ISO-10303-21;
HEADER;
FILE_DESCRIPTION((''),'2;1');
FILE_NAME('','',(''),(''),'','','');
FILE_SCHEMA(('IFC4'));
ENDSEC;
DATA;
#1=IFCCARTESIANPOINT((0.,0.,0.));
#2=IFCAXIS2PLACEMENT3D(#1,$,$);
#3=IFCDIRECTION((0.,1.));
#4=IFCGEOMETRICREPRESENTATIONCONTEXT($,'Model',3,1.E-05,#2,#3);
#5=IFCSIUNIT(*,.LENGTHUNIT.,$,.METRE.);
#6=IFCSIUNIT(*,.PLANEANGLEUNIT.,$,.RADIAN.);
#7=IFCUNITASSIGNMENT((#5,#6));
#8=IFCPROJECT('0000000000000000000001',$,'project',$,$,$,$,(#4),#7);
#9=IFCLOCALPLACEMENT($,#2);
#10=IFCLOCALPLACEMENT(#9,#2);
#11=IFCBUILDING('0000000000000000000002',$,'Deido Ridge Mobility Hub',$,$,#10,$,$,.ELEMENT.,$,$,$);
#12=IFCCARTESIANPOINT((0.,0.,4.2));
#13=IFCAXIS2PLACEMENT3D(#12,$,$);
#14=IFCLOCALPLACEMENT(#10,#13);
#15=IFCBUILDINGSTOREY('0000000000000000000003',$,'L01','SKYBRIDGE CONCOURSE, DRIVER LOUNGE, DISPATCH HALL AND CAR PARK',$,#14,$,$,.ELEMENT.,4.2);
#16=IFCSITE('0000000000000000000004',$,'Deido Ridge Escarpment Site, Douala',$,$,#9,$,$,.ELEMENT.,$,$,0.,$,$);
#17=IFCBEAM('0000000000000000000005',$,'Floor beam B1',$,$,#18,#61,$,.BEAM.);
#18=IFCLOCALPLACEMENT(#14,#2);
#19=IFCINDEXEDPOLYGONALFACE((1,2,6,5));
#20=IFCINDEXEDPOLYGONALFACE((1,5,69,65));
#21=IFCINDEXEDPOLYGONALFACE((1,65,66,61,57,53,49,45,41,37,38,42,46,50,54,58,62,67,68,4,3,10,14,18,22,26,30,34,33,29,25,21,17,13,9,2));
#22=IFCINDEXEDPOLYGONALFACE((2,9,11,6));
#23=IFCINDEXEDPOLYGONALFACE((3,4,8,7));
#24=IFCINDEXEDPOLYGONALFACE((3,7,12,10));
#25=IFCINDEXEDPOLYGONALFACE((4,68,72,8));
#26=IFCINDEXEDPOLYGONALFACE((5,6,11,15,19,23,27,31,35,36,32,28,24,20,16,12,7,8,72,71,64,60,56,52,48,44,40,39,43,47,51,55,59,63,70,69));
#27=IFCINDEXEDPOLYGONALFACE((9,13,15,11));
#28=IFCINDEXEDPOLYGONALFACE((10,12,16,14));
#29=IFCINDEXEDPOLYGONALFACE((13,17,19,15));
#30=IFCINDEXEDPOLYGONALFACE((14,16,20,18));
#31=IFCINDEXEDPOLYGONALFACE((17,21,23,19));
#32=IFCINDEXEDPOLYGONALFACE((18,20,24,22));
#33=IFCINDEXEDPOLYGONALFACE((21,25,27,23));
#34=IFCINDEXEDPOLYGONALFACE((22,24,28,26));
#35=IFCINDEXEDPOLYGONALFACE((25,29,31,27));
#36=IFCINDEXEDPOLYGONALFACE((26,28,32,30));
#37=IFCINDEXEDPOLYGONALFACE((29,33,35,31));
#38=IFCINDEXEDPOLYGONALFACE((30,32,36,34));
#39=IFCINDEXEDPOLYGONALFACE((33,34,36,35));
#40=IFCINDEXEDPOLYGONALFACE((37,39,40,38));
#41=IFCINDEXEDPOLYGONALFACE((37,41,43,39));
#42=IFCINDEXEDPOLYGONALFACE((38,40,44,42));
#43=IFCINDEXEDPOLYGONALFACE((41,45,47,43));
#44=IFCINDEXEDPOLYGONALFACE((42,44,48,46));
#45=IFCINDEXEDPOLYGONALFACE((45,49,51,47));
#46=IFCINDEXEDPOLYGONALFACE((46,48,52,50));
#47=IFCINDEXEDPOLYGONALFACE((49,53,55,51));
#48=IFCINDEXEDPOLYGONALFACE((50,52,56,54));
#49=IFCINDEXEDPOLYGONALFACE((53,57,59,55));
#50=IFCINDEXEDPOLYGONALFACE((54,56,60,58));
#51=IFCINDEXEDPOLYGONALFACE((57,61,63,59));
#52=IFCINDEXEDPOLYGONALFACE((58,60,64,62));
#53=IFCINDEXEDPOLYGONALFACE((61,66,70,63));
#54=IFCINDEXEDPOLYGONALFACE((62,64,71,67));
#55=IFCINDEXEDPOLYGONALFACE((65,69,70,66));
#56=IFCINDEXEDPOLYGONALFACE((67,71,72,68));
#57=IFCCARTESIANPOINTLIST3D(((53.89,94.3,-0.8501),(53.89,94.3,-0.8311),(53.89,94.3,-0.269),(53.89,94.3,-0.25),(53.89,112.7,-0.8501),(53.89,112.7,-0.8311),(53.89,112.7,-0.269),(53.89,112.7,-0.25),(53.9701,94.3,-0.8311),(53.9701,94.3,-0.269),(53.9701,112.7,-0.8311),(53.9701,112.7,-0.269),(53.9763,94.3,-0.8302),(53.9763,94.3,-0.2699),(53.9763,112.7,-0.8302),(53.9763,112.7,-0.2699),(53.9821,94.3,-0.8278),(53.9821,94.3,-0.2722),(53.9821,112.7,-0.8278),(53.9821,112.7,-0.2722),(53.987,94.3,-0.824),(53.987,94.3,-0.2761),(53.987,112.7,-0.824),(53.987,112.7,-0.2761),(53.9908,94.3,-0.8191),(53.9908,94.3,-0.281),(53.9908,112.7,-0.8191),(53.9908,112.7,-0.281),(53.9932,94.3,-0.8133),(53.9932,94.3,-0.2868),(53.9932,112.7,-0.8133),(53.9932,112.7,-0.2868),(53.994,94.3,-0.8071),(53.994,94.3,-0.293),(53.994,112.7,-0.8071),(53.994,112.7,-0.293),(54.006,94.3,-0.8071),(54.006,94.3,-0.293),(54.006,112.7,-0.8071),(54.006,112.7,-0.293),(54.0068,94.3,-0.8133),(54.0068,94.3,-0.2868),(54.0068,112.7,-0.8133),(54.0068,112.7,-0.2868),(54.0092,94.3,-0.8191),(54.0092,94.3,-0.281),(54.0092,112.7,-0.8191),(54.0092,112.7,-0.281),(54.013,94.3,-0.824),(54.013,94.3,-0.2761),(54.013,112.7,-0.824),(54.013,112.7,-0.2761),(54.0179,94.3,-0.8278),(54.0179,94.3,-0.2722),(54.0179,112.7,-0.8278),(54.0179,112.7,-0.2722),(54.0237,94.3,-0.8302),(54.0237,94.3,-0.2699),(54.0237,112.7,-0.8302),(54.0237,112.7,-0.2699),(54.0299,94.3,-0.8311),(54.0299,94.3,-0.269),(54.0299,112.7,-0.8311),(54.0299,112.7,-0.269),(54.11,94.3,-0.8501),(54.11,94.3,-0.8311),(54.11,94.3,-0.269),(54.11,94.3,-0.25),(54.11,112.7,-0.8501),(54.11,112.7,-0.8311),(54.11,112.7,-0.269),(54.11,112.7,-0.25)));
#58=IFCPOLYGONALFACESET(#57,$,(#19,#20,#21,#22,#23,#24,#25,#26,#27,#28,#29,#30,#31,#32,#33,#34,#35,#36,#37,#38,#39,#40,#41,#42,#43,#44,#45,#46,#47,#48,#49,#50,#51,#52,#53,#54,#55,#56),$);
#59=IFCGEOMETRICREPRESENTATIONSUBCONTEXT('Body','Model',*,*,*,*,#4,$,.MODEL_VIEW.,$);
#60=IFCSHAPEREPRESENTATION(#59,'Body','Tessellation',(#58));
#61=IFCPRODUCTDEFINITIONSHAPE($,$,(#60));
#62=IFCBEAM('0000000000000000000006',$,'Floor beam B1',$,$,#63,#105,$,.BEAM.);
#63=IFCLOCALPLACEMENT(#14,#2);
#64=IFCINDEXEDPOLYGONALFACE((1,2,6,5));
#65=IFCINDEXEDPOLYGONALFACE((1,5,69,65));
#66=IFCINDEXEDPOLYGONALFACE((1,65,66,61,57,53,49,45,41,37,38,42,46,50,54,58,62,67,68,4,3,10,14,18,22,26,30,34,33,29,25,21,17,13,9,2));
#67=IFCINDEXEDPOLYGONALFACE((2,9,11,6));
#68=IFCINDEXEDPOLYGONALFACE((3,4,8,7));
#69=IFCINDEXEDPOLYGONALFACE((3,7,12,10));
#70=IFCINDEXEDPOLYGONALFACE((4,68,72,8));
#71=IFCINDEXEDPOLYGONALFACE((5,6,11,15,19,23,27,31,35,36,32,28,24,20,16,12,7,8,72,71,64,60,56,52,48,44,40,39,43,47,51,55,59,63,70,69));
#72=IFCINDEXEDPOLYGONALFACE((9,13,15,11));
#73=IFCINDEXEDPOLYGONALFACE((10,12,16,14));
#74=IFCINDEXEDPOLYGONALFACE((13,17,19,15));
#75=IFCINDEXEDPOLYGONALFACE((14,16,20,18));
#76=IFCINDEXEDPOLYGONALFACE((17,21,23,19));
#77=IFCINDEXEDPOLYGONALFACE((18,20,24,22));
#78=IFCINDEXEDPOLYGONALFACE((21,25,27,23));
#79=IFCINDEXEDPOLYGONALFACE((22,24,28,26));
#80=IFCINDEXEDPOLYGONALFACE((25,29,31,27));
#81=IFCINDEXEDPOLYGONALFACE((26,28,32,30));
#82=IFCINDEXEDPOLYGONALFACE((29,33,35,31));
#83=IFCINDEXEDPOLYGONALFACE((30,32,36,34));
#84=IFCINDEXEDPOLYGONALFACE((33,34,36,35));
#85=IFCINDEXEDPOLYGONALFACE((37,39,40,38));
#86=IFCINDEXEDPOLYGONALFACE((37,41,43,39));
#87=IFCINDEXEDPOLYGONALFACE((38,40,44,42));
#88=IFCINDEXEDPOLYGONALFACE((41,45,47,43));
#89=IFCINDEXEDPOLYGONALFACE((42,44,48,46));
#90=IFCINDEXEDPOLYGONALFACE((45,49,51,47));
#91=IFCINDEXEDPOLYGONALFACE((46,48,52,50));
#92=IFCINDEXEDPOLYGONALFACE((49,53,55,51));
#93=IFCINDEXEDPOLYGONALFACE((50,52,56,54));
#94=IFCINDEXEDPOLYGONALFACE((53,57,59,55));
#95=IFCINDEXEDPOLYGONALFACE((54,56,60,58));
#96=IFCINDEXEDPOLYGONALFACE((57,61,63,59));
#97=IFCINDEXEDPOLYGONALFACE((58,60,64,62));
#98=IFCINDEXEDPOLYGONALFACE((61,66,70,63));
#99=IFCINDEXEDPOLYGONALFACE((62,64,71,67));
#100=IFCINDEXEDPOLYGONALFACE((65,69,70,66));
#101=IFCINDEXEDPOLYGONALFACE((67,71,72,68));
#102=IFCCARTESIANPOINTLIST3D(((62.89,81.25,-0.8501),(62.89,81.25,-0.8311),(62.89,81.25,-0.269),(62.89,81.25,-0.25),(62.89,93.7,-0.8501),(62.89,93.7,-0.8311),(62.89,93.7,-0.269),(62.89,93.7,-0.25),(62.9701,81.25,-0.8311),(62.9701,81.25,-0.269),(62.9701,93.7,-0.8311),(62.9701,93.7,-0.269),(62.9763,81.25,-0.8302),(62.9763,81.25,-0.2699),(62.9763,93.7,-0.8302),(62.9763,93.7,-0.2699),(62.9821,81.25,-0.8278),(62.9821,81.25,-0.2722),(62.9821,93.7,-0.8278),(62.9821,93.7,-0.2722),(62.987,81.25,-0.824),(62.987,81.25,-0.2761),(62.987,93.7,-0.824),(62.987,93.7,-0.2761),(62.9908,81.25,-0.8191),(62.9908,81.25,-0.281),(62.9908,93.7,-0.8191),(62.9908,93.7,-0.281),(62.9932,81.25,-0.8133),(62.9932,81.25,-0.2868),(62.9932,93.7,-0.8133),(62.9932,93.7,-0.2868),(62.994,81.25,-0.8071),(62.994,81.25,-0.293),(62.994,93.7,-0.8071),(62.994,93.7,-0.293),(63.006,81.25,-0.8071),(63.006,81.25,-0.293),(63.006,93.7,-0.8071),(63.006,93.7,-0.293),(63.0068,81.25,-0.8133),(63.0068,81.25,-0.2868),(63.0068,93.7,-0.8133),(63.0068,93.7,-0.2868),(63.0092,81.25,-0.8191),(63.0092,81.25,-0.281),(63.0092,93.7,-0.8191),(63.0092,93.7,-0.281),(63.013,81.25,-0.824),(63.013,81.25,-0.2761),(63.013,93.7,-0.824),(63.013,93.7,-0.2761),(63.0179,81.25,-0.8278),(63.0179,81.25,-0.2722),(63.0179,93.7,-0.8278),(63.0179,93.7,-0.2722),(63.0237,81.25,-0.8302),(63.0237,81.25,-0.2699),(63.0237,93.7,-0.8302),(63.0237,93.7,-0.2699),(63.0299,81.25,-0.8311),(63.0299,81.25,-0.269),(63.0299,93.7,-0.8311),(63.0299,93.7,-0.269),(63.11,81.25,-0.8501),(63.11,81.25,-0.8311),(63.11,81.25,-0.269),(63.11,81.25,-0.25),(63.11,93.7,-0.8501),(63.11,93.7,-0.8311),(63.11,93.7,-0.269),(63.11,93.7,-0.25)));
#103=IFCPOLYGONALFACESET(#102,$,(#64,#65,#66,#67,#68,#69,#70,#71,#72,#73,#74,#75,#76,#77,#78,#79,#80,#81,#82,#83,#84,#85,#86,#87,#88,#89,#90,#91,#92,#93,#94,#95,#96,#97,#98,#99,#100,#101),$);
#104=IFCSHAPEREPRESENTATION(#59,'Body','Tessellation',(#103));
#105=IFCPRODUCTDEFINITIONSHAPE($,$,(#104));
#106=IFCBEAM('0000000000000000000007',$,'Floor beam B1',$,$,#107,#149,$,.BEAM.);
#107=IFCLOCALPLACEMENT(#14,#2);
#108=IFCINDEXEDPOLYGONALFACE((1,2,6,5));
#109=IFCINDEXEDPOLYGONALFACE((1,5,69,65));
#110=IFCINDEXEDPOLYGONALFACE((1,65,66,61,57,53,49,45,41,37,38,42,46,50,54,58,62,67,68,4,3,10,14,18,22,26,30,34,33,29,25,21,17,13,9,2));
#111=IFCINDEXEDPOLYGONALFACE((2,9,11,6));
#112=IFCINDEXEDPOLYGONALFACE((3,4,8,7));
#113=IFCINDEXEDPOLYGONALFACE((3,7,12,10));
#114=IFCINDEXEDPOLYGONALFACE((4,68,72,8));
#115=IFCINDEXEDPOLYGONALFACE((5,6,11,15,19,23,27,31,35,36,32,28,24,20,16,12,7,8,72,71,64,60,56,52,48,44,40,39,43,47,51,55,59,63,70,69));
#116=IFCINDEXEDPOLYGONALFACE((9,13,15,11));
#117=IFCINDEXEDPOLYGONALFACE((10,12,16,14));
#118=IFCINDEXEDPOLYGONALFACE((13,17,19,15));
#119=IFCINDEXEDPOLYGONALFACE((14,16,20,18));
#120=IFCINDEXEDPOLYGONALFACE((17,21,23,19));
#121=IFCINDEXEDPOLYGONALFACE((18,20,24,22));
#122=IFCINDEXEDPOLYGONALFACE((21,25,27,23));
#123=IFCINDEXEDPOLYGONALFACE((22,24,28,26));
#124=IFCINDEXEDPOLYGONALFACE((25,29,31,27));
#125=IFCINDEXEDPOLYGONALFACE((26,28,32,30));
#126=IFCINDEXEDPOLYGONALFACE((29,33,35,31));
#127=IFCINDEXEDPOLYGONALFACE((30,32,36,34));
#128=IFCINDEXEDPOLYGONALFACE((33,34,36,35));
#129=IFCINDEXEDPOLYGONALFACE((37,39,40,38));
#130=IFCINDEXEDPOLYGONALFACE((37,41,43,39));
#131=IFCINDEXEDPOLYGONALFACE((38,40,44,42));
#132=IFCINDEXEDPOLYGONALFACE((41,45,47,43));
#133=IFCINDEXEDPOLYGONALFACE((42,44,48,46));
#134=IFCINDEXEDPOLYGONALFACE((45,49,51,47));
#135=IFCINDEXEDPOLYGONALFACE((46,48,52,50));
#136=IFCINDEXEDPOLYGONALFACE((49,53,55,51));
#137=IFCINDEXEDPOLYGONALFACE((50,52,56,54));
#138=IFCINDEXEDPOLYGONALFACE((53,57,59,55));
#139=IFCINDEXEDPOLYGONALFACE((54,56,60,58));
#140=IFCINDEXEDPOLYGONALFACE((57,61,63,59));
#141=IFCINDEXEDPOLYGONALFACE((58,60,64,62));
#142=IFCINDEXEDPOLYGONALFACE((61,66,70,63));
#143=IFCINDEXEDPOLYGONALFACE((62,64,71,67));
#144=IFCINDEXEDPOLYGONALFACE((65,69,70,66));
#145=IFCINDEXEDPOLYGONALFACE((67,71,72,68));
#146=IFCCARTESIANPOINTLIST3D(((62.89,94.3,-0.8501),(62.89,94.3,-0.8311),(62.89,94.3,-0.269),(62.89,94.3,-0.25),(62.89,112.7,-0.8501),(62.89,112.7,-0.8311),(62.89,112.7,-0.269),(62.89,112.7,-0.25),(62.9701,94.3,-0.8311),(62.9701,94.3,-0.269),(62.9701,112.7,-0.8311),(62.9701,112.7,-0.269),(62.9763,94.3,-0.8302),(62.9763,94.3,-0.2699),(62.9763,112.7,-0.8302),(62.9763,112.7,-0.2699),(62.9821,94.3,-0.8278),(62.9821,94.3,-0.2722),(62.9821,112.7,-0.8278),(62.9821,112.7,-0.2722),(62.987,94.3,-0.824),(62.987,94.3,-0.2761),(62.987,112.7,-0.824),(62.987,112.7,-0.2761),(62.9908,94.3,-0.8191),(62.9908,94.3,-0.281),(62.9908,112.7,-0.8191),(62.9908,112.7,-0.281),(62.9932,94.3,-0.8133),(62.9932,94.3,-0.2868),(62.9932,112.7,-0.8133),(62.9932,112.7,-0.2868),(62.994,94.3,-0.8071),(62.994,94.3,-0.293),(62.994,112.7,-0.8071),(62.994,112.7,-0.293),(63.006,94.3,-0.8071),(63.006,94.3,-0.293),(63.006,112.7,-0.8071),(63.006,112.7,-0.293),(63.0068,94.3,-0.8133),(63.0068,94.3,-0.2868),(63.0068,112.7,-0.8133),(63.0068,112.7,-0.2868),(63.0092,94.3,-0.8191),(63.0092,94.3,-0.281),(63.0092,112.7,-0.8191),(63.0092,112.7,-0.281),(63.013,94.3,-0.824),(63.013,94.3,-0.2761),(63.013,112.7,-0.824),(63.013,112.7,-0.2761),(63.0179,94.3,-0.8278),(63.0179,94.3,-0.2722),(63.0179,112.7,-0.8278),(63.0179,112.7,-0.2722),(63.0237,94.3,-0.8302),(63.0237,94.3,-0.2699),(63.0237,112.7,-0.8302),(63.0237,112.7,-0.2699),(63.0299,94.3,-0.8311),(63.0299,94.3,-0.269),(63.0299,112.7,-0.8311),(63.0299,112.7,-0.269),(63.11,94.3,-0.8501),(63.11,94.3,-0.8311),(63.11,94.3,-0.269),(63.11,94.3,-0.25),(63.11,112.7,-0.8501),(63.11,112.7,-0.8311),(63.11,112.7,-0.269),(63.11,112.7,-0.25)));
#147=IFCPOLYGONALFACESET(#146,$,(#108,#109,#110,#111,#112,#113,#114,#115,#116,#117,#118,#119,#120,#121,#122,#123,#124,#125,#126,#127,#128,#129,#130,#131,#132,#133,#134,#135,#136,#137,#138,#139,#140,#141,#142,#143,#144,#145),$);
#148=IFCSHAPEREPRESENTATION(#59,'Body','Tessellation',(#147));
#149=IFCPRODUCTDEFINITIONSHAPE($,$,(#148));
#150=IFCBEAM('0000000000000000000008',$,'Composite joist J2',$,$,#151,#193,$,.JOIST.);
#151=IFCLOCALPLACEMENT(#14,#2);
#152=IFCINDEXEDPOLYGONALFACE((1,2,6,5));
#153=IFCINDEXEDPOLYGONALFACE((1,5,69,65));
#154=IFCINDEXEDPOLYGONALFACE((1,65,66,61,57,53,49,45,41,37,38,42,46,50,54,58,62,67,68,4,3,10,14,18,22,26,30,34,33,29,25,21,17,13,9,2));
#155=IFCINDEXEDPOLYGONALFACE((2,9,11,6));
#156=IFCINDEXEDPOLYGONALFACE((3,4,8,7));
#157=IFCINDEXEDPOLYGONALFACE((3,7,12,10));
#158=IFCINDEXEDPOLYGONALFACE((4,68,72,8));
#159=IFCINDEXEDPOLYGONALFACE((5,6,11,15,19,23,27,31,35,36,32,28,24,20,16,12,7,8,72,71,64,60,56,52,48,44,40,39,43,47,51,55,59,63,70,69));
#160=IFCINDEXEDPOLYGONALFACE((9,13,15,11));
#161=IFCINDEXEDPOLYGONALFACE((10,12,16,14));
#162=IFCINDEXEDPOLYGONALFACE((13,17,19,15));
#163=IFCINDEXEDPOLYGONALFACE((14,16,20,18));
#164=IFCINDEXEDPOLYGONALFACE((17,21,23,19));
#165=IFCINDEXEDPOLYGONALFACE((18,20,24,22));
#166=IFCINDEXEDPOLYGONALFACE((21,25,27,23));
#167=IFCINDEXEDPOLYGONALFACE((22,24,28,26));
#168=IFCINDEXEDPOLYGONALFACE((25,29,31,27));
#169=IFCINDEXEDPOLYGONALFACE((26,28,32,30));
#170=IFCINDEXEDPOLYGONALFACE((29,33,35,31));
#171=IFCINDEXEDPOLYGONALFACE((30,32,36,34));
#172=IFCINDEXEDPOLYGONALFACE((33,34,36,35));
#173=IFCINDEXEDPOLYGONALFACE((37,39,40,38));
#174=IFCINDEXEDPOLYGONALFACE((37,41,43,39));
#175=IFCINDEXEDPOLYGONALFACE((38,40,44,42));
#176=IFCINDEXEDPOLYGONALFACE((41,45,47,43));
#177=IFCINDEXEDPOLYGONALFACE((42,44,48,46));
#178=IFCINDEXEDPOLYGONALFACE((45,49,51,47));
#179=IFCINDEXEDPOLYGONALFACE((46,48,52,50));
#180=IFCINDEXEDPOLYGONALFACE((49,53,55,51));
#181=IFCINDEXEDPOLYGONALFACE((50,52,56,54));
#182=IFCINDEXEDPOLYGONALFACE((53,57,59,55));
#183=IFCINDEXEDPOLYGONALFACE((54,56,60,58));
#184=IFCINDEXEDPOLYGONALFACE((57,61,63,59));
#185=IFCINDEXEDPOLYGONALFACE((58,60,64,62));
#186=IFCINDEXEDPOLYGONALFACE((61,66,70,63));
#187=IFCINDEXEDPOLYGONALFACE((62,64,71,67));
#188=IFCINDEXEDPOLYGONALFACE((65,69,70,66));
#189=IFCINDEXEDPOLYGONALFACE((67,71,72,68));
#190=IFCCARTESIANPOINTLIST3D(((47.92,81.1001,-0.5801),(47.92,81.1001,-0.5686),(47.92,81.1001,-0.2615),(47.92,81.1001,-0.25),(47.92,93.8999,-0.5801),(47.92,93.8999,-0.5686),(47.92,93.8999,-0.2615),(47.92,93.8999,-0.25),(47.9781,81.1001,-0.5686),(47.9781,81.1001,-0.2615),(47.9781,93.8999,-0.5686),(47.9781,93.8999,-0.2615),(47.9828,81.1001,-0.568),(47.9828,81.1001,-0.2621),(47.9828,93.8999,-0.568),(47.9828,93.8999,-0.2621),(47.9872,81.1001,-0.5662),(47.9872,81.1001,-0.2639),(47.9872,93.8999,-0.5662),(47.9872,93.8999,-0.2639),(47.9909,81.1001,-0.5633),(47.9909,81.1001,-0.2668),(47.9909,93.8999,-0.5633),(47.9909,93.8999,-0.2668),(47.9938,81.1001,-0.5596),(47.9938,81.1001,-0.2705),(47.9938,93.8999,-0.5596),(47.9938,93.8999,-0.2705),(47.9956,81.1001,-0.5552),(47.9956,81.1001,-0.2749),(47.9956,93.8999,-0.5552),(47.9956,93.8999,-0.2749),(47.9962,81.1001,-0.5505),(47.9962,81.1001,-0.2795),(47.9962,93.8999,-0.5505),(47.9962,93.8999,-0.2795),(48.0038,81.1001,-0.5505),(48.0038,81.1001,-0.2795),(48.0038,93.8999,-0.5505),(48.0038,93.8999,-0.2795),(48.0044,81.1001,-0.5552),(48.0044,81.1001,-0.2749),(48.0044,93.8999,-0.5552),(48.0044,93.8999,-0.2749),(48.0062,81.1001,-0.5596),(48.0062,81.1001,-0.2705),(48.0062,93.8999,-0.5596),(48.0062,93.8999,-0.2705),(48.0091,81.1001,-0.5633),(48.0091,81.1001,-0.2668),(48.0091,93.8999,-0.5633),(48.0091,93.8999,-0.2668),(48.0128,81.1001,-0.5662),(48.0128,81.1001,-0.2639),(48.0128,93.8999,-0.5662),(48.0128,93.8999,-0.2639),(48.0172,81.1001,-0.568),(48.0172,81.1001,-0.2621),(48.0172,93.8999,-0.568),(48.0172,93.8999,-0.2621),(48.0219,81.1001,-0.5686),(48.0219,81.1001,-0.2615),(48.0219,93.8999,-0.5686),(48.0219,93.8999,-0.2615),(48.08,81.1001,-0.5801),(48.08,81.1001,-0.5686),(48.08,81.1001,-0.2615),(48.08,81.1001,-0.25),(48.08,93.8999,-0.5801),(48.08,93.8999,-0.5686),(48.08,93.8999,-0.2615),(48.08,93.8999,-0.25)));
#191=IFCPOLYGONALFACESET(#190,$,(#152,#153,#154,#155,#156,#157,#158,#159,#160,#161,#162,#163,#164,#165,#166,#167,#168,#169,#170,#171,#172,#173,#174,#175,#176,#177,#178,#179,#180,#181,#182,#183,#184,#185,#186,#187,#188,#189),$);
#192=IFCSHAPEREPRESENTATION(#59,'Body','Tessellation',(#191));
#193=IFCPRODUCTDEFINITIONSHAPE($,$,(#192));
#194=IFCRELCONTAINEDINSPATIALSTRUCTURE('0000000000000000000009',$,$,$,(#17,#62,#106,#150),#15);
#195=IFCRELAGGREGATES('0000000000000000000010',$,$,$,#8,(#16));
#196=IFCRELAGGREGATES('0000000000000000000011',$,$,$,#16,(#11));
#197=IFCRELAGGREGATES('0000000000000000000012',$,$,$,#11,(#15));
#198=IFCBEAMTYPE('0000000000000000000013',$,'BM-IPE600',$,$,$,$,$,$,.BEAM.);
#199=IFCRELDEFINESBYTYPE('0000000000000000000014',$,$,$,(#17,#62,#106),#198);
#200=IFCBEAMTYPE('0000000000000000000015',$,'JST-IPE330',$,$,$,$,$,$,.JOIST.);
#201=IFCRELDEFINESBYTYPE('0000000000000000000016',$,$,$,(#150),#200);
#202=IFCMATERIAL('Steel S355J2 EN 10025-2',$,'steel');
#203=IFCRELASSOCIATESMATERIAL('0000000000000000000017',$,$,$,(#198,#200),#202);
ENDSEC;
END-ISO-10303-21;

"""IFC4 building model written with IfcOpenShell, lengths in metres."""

from ifc_helpers import new_model, si_unit, direction, frame, origin, origin_2d, place, context, subcontext, project, spatial, i_section, extrude, material, material_profile, profile_set, type_object, element, save


model = new_model("IFC4")

# Units and contexts
model_context = context("Model", 3, precision=1e-05, world=origin(), true_north=direction((0.0, 1.0)))
body_context = subcontext(model_context, "Body", "Model", "MODEL_VIEW")
ifc_project = project(units=[si_unit("LENGTHUNIT", "METRE"), si_unit("PLANEANGLEUNIT", "RADIAN")], contexts=[model_context])

# Site, building, storey
site_placement = place(None, origin())
site = spatial("IfcSite", under=ifc_project, at=site_placement, Name="Deido Ridge Escarpment Site, Douala", CompositionType="ELEMENT", RefElevation=0.0)
building_placement = place(site_placement, origin())
building = spatial("IfcBuilding", under=site, at=building_placement, Name="Deido Ridge Mobility Hub", CompositionType="ELEMENT")
storey_placement = place(building_placement, frame((0.0, 0.0, 4.2)))
storey = spatial("IfcBuildingStorey", under=building, at=storey_placement, Name="L01", Description="SKYBRIDGE CONCOURSE, DRIVER LOUNGE, DISPATCH HALL AND CAR PARK", CompositionType="ELEMENT", Elevation=4.2)

# Shared definitions
ifc_material_1 = material(Name="Steel S355J2 EN 10025-2", Category="steel")

# Beams
ifc_material_profile_1 = material_profile(ifc_material_1, i_section(OverallWidth=0.22, OverallDepth=0.6001, WebThickness=0.012, FlangeThickness=0.019, FilletRadius=0.0239, at=origin_2d()), Name="IPE 600")
ifc_profile_set_1 = profile_set([ifc_material_profile_1], Name="Steel S355J2 EN 10025-2")
beam_type_1 = type_object("IfcBeamType", Name="BM-IPE600", PredefinedType="BEAM", material=ifc_profile_set_1)
beam_1_placement = place(storey_placement, frame((54.0, 94.3, -0.55), z_axis=(0.0, 1.0, 0.0), x_axis=(-1.0, 0.0, 0.0)))
element("IfcBeam", 1, at=beam_1_placement, inside=storey, type_object=beam_type_1, Name="Floor beam B1", PredefinedType="BEAM", context=body_context, shape_type="SweptSolid", body=[
    extrude(i_section(OverallWidth=0.22, OverallDepth=0.6001, WebThickness=0.012, FlangeThickness=0.019, FilletRadius=0.0239, at=origin_2d()), origin(), (0.0, 0.0, 1.0), 18.3999),
])
beam_2_placement = place(storey_placement, frame((63.0, 81.25, -0.55), z_axis=(0.0, 1.0, 0.0), x_axis=(-1.0, 0.0, 0.0)))
element("IfcBeam", 2, at=beam_2_placement, inside=storey, type_object=beam_type_1, Name="Floor beam B1", PredefinedType="BEAM", context=body_context, shape_type="SweptSolid", body=[
    extrude(i_section(OverallWidth=0.22, OverallDepth=0.6001, WebThickness=0.012, FlangeThickness=0.019, FilletRadius=0.0239, at=origin_2d()), origin(), (0.0, 0.0, 1.0), 12.45),
])
beam_3_placement = place(storey_placement, frame((63.0, 94.3, -0.55), z_axis=(0.0, 1.0, 0.0), x_axis=(-1.0, 0.0, 0.0)))
element("IfcBeam", 3, at=beam_3_placement, inside=storey, type_object=beam_type_1, Name="Floor beam B1", PredefinedType="BEAM", context=body_context, shape_type="SweptSolid", body=[
    extrude(i_section(OverallWidth=0.22, OverallDepth=0.6001, WebThickness=0.012, FlangeThickness=0.019, FilletRadius=0.0239, at=origin_2d()), origin(), (0.0, 0.0, 1.0), 18.3999),
])
ifc_material_profile_2 = material_profile(ifc_material_1, i_section(OverallWidth=0.1599, OverallDepth=0.3301, WebThickness=0.0076, FlangeThickness=0.0115, FilletRadius=0.0181, at=origin_2d()), Name="IPE 330")
ifc_profile_set_2 = profile_set([ifc_material_profile_2], Name="Steel S355J2 EN 10025-2")
beam_type_2 = type_object("IfcBeamType", Name="JST-IPE330", PredefinedType="JOIST", material=ifc_profile_set_2)
beam_4_placement = place(storey_placement, frame((48.0, 81.1001, -0.415), z_axis=(0.0, 1.0, 0.0), x_axis=(-1.0, 0.0, 0.0)))
element("IfcBeam", 4, at=beam_4_placement, inside=storey, type_object=beam_type_2, Name="Composite joist J2", PredefinedType="JOIST", context=body_context, shape_type="SweptSolid", body=[
    extrude(i_section(OverallWidth=0.1599, OverallDepth=0.3301, WebThickness=0.0076, FlangeThickness=0.0115, FilletRadius=0.0181, at=origin_2d()), origin(), (0.0, 0.0, 1.0), 12.7998),
])

save(model, "model.ifc")
